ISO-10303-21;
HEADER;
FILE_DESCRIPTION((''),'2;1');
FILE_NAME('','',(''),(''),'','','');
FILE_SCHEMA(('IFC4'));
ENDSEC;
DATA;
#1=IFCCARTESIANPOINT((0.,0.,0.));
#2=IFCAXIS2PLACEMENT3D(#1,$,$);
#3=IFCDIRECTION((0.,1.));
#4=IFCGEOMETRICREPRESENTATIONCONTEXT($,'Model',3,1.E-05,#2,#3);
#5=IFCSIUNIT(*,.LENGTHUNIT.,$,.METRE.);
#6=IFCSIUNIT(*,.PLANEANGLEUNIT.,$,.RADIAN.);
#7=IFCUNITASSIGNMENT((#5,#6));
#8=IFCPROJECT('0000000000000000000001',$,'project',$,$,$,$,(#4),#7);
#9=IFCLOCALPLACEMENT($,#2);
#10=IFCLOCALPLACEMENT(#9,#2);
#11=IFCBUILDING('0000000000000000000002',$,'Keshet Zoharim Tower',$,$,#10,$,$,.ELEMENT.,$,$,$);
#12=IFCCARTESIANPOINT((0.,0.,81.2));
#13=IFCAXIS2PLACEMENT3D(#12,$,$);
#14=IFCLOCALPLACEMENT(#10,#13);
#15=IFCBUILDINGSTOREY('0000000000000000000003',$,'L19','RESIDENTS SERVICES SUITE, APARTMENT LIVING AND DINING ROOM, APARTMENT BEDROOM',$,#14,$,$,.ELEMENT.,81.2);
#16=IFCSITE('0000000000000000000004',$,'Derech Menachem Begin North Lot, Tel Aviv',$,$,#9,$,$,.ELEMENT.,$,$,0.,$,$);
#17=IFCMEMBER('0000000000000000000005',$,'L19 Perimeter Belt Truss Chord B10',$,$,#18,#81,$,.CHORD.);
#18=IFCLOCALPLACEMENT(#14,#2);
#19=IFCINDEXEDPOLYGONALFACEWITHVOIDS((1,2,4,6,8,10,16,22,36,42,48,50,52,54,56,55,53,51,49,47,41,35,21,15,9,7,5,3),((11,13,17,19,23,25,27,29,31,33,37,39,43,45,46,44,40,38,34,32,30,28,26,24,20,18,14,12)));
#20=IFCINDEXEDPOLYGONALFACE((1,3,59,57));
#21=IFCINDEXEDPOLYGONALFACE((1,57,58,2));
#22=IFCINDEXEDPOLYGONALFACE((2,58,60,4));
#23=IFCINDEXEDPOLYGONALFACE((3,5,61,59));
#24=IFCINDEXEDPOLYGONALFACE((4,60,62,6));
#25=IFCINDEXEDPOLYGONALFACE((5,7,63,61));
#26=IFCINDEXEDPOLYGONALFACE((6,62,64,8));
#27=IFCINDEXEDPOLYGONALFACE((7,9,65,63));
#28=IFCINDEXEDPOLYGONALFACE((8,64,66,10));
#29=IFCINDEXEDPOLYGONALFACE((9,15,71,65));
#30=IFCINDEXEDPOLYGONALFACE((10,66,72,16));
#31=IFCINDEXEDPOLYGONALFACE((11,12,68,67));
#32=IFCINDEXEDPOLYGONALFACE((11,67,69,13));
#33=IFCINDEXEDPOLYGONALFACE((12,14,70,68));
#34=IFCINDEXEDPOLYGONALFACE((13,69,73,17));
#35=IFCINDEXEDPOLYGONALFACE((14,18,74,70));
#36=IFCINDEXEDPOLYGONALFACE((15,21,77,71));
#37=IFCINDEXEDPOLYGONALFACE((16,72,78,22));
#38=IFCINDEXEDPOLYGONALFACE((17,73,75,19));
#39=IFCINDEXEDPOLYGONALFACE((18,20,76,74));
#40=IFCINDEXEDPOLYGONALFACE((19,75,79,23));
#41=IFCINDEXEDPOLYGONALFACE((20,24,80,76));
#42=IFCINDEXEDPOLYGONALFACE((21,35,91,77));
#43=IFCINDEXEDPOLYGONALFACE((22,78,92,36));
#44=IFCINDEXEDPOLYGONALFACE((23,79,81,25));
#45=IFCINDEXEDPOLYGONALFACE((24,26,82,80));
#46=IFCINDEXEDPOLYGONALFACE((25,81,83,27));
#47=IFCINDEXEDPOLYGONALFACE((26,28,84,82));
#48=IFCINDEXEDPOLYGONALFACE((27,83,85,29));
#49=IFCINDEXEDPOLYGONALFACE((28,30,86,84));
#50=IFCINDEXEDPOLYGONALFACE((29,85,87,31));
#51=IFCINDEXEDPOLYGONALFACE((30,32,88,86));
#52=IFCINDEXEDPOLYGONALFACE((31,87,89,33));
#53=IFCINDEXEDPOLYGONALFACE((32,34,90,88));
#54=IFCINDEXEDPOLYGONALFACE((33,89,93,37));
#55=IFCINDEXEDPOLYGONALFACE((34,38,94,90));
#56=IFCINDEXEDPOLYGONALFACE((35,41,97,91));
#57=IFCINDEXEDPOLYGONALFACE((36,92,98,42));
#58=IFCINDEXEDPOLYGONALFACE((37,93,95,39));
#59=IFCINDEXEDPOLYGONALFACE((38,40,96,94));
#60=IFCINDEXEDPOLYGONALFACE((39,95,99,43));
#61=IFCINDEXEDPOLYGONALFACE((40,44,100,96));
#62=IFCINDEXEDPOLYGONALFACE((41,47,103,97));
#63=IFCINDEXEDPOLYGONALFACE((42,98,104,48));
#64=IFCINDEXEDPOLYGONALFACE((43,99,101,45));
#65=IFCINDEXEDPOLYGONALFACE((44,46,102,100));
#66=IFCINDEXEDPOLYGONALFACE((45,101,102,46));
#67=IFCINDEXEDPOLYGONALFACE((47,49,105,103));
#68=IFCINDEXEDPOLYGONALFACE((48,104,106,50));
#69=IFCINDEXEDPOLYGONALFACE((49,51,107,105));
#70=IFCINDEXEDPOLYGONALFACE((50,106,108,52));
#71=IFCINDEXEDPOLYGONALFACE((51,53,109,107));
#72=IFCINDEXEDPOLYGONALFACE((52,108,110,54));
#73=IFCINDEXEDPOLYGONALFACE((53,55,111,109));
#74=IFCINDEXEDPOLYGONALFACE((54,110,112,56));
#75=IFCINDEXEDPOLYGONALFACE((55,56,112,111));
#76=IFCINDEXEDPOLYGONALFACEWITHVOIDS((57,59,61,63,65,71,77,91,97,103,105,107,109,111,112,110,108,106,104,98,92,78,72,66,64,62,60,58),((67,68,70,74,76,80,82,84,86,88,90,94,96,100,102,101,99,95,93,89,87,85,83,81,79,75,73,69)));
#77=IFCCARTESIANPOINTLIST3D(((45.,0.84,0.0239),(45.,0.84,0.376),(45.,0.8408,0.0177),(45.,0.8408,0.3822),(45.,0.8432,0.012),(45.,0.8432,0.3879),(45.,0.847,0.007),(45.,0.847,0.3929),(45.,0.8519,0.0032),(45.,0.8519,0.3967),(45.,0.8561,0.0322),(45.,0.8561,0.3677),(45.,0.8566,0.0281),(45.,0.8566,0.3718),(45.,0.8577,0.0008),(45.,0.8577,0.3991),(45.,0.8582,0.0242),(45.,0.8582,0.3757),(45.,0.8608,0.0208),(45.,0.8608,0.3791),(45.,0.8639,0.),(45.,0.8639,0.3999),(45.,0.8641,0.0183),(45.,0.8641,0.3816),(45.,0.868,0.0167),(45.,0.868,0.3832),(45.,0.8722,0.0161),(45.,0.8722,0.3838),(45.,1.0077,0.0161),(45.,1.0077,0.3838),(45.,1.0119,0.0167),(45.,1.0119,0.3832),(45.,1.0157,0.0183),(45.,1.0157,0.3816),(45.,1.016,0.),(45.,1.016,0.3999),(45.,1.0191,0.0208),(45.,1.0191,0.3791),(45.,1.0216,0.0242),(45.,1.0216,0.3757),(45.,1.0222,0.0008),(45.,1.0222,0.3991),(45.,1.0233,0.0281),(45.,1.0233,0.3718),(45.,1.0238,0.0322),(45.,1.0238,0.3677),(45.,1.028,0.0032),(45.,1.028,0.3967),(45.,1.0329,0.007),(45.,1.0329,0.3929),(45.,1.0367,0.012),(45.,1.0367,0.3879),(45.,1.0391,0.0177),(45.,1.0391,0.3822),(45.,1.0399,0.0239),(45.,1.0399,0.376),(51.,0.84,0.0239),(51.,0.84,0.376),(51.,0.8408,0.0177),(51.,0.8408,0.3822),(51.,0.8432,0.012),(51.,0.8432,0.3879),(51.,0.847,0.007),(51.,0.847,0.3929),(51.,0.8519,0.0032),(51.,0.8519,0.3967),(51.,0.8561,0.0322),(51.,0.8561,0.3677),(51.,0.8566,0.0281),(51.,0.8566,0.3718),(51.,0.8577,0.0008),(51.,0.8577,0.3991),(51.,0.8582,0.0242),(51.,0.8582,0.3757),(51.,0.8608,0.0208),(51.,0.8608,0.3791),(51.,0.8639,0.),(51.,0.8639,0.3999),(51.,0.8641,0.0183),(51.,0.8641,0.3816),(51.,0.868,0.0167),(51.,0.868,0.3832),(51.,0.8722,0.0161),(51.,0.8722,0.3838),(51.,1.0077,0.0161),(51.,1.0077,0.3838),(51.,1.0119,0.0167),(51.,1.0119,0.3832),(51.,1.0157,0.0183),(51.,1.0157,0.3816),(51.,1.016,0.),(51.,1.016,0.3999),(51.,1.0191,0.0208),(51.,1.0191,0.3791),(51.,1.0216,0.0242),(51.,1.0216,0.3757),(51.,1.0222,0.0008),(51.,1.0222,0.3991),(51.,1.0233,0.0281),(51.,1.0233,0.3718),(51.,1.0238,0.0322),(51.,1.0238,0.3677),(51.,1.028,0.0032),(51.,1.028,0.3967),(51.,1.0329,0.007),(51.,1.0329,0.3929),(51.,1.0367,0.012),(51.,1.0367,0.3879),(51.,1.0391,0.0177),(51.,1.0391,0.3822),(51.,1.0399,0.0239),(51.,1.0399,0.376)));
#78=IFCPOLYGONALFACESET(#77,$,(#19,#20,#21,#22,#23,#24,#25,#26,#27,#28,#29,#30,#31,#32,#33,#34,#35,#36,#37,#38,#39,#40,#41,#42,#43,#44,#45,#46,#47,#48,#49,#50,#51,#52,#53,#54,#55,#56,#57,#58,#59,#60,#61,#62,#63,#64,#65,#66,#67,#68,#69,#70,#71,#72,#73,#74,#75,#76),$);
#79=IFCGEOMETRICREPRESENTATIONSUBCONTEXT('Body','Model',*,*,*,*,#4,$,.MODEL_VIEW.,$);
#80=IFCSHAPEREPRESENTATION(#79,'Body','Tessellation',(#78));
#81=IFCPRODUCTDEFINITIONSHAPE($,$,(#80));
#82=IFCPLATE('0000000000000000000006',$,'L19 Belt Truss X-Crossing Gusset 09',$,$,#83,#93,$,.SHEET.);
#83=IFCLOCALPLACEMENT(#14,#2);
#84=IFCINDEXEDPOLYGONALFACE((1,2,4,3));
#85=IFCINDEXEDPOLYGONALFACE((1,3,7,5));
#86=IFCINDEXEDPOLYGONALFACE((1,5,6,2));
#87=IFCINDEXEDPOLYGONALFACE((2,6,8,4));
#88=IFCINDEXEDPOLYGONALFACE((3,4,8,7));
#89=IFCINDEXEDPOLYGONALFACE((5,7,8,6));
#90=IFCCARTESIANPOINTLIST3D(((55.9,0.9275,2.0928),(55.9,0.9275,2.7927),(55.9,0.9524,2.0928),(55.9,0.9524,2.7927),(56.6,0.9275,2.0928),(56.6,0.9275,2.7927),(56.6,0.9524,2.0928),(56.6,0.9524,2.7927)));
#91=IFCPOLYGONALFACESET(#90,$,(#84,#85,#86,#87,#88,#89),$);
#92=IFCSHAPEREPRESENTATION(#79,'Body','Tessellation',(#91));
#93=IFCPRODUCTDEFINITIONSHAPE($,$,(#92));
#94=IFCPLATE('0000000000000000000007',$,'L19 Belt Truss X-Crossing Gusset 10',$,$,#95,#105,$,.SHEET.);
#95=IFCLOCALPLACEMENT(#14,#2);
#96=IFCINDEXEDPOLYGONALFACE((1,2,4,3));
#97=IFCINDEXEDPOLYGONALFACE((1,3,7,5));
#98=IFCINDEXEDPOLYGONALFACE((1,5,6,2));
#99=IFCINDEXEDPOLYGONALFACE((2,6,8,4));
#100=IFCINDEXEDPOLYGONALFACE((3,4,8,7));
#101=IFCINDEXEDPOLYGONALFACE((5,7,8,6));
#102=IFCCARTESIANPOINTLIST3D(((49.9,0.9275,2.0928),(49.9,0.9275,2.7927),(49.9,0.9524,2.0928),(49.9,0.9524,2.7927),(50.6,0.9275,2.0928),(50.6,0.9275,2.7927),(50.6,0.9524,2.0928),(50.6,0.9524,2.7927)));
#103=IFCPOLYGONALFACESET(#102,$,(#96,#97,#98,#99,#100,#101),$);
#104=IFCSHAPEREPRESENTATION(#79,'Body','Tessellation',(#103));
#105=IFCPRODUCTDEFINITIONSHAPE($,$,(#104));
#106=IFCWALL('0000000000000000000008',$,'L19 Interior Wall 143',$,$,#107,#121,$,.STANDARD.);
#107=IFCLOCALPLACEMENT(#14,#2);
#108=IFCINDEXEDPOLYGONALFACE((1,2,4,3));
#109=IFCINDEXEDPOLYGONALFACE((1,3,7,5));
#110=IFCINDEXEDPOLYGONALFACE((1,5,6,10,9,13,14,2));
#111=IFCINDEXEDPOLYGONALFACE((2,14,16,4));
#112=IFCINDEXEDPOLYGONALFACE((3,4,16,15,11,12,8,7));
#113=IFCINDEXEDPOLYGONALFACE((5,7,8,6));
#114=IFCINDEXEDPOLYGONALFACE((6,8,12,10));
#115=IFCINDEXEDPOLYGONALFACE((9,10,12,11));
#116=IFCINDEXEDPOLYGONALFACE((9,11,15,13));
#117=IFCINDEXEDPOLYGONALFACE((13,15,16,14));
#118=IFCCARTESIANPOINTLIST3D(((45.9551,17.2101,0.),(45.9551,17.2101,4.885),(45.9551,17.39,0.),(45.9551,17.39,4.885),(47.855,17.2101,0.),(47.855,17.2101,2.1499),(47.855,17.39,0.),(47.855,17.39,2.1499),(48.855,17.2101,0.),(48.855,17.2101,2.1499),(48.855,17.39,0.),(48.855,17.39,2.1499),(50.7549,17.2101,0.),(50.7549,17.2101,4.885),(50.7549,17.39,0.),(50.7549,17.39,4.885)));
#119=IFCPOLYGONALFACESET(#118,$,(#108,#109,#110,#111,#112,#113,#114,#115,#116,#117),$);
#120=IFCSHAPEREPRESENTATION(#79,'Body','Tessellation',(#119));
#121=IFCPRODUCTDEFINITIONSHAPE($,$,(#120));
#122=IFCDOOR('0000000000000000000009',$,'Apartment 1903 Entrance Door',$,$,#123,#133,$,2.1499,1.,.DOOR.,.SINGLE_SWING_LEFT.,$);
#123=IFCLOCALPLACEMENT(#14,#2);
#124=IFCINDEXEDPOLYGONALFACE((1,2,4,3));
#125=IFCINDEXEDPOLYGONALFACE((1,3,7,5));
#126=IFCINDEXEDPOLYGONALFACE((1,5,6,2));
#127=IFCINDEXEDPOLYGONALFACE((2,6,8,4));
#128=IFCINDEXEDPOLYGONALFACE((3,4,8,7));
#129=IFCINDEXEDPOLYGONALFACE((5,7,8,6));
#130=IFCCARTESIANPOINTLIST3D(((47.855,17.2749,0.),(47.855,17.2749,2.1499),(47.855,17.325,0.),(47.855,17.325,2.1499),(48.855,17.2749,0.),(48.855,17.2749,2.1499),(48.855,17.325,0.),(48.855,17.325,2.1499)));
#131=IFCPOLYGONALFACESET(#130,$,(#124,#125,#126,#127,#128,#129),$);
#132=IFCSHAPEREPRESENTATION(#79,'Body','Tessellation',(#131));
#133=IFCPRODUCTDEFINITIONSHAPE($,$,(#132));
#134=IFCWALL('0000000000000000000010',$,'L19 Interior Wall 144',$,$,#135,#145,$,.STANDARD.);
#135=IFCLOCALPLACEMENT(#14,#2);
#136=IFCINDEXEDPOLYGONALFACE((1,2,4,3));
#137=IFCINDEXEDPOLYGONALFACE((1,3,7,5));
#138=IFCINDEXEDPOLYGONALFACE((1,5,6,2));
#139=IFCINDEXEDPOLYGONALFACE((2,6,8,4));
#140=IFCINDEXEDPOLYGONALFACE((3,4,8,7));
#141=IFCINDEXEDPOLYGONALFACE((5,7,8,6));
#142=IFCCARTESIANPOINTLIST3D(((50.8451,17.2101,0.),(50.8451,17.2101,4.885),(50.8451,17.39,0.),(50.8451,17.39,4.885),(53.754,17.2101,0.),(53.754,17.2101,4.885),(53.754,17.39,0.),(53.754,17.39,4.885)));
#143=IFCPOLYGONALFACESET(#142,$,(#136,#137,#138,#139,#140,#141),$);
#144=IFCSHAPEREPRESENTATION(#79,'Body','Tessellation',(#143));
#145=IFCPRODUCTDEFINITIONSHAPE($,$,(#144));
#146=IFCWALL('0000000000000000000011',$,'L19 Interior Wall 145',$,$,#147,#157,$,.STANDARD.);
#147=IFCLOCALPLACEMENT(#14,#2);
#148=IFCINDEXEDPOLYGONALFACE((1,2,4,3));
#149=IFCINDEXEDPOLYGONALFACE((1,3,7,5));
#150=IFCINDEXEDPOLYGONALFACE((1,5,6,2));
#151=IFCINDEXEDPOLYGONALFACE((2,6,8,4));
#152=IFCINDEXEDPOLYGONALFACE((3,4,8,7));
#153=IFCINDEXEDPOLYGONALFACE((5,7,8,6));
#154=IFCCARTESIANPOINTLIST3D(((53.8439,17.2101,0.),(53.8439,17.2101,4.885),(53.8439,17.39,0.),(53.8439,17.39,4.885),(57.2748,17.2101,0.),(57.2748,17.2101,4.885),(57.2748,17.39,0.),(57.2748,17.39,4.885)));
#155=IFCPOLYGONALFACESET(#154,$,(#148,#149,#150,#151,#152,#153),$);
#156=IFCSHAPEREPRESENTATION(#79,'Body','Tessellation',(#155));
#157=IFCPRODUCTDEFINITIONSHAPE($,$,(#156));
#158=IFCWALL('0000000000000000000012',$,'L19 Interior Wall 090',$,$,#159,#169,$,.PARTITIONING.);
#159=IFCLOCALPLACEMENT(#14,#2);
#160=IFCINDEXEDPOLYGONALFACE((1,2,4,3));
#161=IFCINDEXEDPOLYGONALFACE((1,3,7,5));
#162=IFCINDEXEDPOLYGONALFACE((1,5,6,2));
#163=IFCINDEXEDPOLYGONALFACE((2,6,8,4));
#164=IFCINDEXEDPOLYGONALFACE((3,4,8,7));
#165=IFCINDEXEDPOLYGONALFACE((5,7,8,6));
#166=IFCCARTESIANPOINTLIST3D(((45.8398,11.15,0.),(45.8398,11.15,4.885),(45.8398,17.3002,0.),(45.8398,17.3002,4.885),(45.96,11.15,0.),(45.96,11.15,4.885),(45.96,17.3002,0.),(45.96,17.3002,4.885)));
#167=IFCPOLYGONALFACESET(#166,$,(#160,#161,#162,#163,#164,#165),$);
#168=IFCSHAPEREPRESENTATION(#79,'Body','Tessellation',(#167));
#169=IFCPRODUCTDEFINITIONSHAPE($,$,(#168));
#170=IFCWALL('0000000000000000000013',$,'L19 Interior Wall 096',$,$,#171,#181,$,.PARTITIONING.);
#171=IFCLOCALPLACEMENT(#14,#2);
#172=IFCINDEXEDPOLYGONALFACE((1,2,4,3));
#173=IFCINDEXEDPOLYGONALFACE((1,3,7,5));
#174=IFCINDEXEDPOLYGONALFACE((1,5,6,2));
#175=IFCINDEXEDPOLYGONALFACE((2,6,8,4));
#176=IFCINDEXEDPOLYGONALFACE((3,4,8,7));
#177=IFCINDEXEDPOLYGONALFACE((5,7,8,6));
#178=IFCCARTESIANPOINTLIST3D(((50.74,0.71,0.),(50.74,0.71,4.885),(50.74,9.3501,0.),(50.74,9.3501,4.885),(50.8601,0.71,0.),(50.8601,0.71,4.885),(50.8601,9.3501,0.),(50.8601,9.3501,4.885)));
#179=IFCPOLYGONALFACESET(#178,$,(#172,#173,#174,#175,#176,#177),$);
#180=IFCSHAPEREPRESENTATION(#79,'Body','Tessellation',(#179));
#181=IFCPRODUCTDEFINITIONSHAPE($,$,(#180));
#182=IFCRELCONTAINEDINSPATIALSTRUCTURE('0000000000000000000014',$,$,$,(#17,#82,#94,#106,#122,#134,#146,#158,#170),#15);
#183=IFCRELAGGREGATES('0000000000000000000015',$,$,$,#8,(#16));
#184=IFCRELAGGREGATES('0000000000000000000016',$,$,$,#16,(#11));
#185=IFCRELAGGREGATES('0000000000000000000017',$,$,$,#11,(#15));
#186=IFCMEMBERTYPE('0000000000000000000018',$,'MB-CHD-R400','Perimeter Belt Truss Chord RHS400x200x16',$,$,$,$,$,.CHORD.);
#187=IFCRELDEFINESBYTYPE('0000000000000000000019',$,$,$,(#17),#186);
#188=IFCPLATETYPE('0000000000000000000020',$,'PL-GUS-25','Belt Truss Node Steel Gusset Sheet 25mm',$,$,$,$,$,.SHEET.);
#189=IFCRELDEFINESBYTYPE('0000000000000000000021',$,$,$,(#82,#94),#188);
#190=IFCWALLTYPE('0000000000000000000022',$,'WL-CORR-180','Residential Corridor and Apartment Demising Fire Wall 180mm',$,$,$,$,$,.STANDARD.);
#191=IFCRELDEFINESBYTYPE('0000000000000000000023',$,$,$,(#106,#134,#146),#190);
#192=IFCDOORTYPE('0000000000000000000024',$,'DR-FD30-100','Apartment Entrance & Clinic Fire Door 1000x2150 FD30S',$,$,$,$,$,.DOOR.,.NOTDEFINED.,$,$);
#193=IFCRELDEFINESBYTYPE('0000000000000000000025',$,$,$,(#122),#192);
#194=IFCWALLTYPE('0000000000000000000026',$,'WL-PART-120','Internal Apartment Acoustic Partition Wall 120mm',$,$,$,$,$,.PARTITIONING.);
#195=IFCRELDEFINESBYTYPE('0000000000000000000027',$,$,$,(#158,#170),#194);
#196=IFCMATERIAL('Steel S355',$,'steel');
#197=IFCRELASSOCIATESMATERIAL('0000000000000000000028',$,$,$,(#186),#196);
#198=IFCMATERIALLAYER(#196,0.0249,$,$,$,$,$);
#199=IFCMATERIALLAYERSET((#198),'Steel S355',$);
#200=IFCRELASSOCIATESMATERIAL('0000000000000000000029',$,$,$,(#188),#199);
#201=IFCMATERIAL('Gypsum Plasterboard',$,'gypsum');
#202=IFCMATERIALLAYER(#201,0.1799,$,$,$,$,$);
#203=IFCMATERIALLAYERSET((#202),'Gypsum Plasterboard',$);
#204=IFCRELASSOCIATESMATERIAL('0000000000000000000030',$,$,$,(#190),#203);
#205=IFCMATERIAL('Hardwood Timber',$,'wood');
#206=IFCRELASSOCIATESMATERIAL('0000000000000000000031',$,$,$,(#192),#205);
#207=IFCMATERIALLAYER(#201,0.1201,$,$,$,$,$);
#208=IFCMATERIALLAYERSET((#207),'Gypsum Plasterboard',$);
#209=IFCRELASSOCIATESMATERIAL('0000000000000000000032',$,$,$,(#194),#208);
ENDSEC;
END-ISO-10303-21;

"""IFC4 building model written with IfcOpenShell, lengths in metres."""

from ifc_helpers import new_model, si_unit, direction, frame, frame_2d, origin, origin_2d, place, context, subcontext, project, spatial, rectangle, hollow_rectangle, extrude, material, layer, layer_set, material_profile, profile_set, type_object, element, fill, save


model = new_model("IFC4")

# Units and contexts
model_context = context("Model", 3, precision=1e-05, world=origin(), true_north=direction((0.0, 1.0)))
body_context = subcontext(model_context, "Body", "Model", "MODEL_VIEW")
ifc_project = project(units=[si_unit("LENGTHUNIT", "METRE"), si_unit("PLANEANGLEUNIT", "RADIAN")], contexts=[model_context])

# Site, building, storey
site_placement = place(None, origin())
site = spatial("IfcSite", under=ifc_project, at=site_placement, Name="Derech Menachem Begin North Lot, Tel Aviv", CompositionType="ELEMENT", RefElevation=0.0)
building_placement = place(site_placement, origin())
building = spatial("IfcBuilding", under=site, at=building_placement, Name="Keshet Zoharim Tower", CompositionType="ELEMENT")
storey_placement = place(building_placement, frame((0.0, 0.0, 81.2)))
storey = spatial("IfcBuildingStorey", under=building, at=storey_placement, Name="L19", Description="RESIDENTS SERVICES SUITE, APARTMENT LIVING AND DINING ROOM, APARTMENT BEDROOM", CompositionType="ELEMENT", Elevation=81.2)

# Member
ifc_material_1 = material(Name="Steel S355", Category="steel")
ifc_material_profile_1 = material_profile(ifc_material_1, hollow_rectangle(XDim=0.2, YDim=0.3999, WallThickness=0.0161, InnerFilletRadius=0.0161, OuterFilletRadius=0.0239, at=origin_2d()), Name="RHS400x200x16")
ifc_profile_set_1 = profile_set([ifc_material_profile_1], Name="Steel S355")
member_type_1 = type_object("IfcMemberType", Name="MB-CHD-R400", Description="Perimeter Belt Truss Chord RHS400x200x16", PredefinedType="CHORD", material=ifc_profile_set_1)
member_1_placement = place(storey_placement, frame((51.0, 0.9399, 0.2), z_axis=(-1.0, 0.0, 0.0), x_axis=(0.0, -1.0, 0.0)))
element("IfcMember", 1, at=member_1_placement, inside=storey, type_object=member_type_1, Name="L19 Perimeter Belt Truss Chord B10", PredefinedType="CHORD", context=body_context, shape_type="SweptSolid", body=[
    extrude(hollow_rectangle(XDim=0.2, YDim=0.3999, WallThickness=0.0161, InnerFilletRadius=0.0161, OuterFilletRadius=0.0239, at=origin_2d()), origin(), (0.0, 0.0, 1.0), 6.0),
])

# Plates
ifc_layer_1 = layer(ifc_material_1, 0.0249)
ifc_layer_set_1 = layer_set([ifc_layer_1], Name="Steel S355")
plate_type = type_object("IfcPlateType", Name="PL-GUS-25", Description="Belt Truss Node Steel Gusset Sheet 25mm", PredefinedType="SHEET", material=ifc_layer_set_1)
for number, where, z_axis, x_axis, name in (
    (2, (56.25, 0.9399, 2.0928), (0.0, 0.0, 1.0), (-1.0, 0.0, 0.0), "L19 Belt Truss X-Crossing Gusset 09"),
    (3, (50.25, 0.9399, 2.0928), (0.0, 0.0, 1.0), (-1.0, 0.0, 0.0), "L19 Belt Truss X-Crossing Gusset 10"),
):
    element("IfcPlate", number, at=place(storey_placement, frame(where, z_axis=z_axis, x_axis=x_axis)), inside=storey, type_object=plate_type, Name=name, PredefinedType="SHEET", context=body_context, shape_type="SweptSolid", body=[
        extrude(rectangle(XDim=0.7, YDim=0.0249, at=origin_2d()), origin(), (0.0, 0.0, 1.0), 0.7),
    ])

# Wall, opening, door
ifc_material_2 = material(Name="Gypsum Plasterboard", Category="gypsum")
ifc_layer_2 = layer(ifc_material_2, 0.1799)
ifc_layer_set_2 = layer_set([ifc_layer_2], Name="Gypsum Plasterboard")
wall_type_1 = type_object("IfcWallType", Name="WL-CORR-180", Description="Residential Corridor and Apartment Demising Fire Wall 180mm", PredefinedType="STANDARD", material=ifc_layer_set_2)
wall_1_placement = place(storey_placement, frame((45.9551, 17.3, 0.0), z_axis=(0.0, 0.0, 1.0), x_axis=(1.0, 0.0, 0.0)))
wall_1 = element("IfcWall", 4, at=wall_1_placement, inside=storey, type_object=wall_type_1, Name="L19 Interior Wall 143", PredefinedType="STANDARD", context=body_context, shape_type="SweptSolid", body=[
    extrude(rectangle(XDim=4.7998, YDim=0.1799, at=frame_2d((2.3999, 0.0))), origin(), (0.0, 0.0, 1.0), 4.885),
])
opening_1_placement = place(wall_1_placement, frame((1.8999, 0.0, 0.0)))
opening_1 = element("IfcOpeningElement", 5, at=opening_1_placement, cuts=wall_1, PredefinedType="OPENING", context=body_context, shape_type="SweptSolid", body=[
    extrude(rectangle(XDim=1.0, YDim=2.1499, at=frame_2d((0.5, 1.075))), frame((0.0, 0.1001, 0.0), z_axis=(0.0, -1.0, 0.0), x_axis=(1.0, 0.0, 0.0)), (0.0, 0.0, 1.0), 0.2),
])
ifc_material_3 = material(Name="Hardwood Timber", Category="wood")
door_type_1 = type_object("IfcDoorType", Name="DR-FD30-100", Description="Apartment Entrance & Clinic Fire Door 1000x2150 FD30S", OperationType="NOTDEFINED", PredefinedType="DOOR", material=ifc_material_3)
door_1_placement = place(opening_1_placement, origin())
door_1 = element("IfcDoor", 6, at=door_1_placement, inside=storey, type_object=door_type_1, Name="Apartment 1903 Entrance Door", OperationType="SINGLE_SWING_LEFT", OverallHeight=2.1499, OverallWidth=1.0, PredefinedType="DOOR", context=body_context, shape_type="SweptSolid", body=[
    extrude(rectangle(XDim=1.0, YDim=2.1499, at=frame_2d((0.5, 1.075))), frame((0.0, 0.0249, 0.0), z_axis=(0.0, -1.0, 0.0), x_axis=(1.0, 0.0, 0.0)), (0.0, 0.0, 1.0), 0.05),
])
fill(opening_1, door_1)

# Walls
wall_2_placement = place(storey_placement, frame((50.845, 17.3, 0.0), z_axis=(0.0, 0.0, 1.0), x_axis=(1.0, 0.0, 0.0)))
element("IfcWall", 7, at=wall_2_placement, inside=storey, type_object=wall_type_1, Name="L19 Interior Wall 144", PredefinedType="STANDARD", context=body_context, shape_type="SweptSolid", body=[
    extrude(rectangle(XDim=2.9089, YDim=0.1799, at=frame_2d((1.4546, 0.0))), origin(), (0.0, 0.0, 1.0), 4.885),
])
wall_3_placement = place(storey_placement, frame((53.844, 17.3, 0.0), z_axis=(0.0, 0.0, 1.0), x_axis=(1.0, 0.0, 0.0)))
element("IfcWall", 8, at=wall_3_placement, inside=storey, type_object=wall_type_1, Name="L19 Interior Wall 145", PredefinedType="STANDARD", context=body_context, shape_type="SweptSolid", body=[
    extrude(rectangle(XDim=3.4309, YDim=0.1799, at=frame_2d((1.7153, 0.0))), origin(), (0.0, 0.0, 1.0), 4.885),
])
ifc_layer_3 = layer(ifc_material_2, 0.1201)
ifc_layer_set_3 = layer_set([ifc_layer_3], Name="Gypsum Plasterboard")
wall_type_2 = type_object("IfcWallType", Name="WL-PART-120", Description="Internal Apartment Acoustic Partition Wall 120mm", PredefinedType="PARTITIONING", material=ifc_layer_set_3)
wall_4_placement = place(storey_placement, frame((45.8999, 11.1499, 0.0), z_axis=(0.0, 0.0, 1.0), x_axis=(0.0, 1.0, 0.0)))
element("IfcWall", 9, at=wall_4_placement, inside=storey, type_object=wall_type_2, Name="L19 Interior Wall 090", PredefinedType="PARTITIONING", context=body_context, shape_type="SweptSolid", body=[
    extrude(rectangle(XDim=6.1501, YDim=0.1201, at=frame_2d((3.0752, 0.0))), origin(), (0.0, 0.0, 1.0), 4.885),
])
wall_5_placement = place(storey_placement, frame((50.8, 0.71, 0.0), z_axis=(0.0, 0.0, 1.0), x_axis=(0.0, 1.0, 0.0)))
element("IfcWall", 10, at=wall_5_placement, inside=storey, type_object=wall_type_2, Name="L19 Interior Wall 096", PredefinedType="PARTITIONING", context=body_context, shape_type="SweptSolid", body=[
    extrude(rectangle(XDim=8.6401, YDim=0.1201, at=frame_2d((4.3201, 0.0))), origin(), (0.0, 0.0, 1.0), 4.885),
])

save(model, "model.ifc")
